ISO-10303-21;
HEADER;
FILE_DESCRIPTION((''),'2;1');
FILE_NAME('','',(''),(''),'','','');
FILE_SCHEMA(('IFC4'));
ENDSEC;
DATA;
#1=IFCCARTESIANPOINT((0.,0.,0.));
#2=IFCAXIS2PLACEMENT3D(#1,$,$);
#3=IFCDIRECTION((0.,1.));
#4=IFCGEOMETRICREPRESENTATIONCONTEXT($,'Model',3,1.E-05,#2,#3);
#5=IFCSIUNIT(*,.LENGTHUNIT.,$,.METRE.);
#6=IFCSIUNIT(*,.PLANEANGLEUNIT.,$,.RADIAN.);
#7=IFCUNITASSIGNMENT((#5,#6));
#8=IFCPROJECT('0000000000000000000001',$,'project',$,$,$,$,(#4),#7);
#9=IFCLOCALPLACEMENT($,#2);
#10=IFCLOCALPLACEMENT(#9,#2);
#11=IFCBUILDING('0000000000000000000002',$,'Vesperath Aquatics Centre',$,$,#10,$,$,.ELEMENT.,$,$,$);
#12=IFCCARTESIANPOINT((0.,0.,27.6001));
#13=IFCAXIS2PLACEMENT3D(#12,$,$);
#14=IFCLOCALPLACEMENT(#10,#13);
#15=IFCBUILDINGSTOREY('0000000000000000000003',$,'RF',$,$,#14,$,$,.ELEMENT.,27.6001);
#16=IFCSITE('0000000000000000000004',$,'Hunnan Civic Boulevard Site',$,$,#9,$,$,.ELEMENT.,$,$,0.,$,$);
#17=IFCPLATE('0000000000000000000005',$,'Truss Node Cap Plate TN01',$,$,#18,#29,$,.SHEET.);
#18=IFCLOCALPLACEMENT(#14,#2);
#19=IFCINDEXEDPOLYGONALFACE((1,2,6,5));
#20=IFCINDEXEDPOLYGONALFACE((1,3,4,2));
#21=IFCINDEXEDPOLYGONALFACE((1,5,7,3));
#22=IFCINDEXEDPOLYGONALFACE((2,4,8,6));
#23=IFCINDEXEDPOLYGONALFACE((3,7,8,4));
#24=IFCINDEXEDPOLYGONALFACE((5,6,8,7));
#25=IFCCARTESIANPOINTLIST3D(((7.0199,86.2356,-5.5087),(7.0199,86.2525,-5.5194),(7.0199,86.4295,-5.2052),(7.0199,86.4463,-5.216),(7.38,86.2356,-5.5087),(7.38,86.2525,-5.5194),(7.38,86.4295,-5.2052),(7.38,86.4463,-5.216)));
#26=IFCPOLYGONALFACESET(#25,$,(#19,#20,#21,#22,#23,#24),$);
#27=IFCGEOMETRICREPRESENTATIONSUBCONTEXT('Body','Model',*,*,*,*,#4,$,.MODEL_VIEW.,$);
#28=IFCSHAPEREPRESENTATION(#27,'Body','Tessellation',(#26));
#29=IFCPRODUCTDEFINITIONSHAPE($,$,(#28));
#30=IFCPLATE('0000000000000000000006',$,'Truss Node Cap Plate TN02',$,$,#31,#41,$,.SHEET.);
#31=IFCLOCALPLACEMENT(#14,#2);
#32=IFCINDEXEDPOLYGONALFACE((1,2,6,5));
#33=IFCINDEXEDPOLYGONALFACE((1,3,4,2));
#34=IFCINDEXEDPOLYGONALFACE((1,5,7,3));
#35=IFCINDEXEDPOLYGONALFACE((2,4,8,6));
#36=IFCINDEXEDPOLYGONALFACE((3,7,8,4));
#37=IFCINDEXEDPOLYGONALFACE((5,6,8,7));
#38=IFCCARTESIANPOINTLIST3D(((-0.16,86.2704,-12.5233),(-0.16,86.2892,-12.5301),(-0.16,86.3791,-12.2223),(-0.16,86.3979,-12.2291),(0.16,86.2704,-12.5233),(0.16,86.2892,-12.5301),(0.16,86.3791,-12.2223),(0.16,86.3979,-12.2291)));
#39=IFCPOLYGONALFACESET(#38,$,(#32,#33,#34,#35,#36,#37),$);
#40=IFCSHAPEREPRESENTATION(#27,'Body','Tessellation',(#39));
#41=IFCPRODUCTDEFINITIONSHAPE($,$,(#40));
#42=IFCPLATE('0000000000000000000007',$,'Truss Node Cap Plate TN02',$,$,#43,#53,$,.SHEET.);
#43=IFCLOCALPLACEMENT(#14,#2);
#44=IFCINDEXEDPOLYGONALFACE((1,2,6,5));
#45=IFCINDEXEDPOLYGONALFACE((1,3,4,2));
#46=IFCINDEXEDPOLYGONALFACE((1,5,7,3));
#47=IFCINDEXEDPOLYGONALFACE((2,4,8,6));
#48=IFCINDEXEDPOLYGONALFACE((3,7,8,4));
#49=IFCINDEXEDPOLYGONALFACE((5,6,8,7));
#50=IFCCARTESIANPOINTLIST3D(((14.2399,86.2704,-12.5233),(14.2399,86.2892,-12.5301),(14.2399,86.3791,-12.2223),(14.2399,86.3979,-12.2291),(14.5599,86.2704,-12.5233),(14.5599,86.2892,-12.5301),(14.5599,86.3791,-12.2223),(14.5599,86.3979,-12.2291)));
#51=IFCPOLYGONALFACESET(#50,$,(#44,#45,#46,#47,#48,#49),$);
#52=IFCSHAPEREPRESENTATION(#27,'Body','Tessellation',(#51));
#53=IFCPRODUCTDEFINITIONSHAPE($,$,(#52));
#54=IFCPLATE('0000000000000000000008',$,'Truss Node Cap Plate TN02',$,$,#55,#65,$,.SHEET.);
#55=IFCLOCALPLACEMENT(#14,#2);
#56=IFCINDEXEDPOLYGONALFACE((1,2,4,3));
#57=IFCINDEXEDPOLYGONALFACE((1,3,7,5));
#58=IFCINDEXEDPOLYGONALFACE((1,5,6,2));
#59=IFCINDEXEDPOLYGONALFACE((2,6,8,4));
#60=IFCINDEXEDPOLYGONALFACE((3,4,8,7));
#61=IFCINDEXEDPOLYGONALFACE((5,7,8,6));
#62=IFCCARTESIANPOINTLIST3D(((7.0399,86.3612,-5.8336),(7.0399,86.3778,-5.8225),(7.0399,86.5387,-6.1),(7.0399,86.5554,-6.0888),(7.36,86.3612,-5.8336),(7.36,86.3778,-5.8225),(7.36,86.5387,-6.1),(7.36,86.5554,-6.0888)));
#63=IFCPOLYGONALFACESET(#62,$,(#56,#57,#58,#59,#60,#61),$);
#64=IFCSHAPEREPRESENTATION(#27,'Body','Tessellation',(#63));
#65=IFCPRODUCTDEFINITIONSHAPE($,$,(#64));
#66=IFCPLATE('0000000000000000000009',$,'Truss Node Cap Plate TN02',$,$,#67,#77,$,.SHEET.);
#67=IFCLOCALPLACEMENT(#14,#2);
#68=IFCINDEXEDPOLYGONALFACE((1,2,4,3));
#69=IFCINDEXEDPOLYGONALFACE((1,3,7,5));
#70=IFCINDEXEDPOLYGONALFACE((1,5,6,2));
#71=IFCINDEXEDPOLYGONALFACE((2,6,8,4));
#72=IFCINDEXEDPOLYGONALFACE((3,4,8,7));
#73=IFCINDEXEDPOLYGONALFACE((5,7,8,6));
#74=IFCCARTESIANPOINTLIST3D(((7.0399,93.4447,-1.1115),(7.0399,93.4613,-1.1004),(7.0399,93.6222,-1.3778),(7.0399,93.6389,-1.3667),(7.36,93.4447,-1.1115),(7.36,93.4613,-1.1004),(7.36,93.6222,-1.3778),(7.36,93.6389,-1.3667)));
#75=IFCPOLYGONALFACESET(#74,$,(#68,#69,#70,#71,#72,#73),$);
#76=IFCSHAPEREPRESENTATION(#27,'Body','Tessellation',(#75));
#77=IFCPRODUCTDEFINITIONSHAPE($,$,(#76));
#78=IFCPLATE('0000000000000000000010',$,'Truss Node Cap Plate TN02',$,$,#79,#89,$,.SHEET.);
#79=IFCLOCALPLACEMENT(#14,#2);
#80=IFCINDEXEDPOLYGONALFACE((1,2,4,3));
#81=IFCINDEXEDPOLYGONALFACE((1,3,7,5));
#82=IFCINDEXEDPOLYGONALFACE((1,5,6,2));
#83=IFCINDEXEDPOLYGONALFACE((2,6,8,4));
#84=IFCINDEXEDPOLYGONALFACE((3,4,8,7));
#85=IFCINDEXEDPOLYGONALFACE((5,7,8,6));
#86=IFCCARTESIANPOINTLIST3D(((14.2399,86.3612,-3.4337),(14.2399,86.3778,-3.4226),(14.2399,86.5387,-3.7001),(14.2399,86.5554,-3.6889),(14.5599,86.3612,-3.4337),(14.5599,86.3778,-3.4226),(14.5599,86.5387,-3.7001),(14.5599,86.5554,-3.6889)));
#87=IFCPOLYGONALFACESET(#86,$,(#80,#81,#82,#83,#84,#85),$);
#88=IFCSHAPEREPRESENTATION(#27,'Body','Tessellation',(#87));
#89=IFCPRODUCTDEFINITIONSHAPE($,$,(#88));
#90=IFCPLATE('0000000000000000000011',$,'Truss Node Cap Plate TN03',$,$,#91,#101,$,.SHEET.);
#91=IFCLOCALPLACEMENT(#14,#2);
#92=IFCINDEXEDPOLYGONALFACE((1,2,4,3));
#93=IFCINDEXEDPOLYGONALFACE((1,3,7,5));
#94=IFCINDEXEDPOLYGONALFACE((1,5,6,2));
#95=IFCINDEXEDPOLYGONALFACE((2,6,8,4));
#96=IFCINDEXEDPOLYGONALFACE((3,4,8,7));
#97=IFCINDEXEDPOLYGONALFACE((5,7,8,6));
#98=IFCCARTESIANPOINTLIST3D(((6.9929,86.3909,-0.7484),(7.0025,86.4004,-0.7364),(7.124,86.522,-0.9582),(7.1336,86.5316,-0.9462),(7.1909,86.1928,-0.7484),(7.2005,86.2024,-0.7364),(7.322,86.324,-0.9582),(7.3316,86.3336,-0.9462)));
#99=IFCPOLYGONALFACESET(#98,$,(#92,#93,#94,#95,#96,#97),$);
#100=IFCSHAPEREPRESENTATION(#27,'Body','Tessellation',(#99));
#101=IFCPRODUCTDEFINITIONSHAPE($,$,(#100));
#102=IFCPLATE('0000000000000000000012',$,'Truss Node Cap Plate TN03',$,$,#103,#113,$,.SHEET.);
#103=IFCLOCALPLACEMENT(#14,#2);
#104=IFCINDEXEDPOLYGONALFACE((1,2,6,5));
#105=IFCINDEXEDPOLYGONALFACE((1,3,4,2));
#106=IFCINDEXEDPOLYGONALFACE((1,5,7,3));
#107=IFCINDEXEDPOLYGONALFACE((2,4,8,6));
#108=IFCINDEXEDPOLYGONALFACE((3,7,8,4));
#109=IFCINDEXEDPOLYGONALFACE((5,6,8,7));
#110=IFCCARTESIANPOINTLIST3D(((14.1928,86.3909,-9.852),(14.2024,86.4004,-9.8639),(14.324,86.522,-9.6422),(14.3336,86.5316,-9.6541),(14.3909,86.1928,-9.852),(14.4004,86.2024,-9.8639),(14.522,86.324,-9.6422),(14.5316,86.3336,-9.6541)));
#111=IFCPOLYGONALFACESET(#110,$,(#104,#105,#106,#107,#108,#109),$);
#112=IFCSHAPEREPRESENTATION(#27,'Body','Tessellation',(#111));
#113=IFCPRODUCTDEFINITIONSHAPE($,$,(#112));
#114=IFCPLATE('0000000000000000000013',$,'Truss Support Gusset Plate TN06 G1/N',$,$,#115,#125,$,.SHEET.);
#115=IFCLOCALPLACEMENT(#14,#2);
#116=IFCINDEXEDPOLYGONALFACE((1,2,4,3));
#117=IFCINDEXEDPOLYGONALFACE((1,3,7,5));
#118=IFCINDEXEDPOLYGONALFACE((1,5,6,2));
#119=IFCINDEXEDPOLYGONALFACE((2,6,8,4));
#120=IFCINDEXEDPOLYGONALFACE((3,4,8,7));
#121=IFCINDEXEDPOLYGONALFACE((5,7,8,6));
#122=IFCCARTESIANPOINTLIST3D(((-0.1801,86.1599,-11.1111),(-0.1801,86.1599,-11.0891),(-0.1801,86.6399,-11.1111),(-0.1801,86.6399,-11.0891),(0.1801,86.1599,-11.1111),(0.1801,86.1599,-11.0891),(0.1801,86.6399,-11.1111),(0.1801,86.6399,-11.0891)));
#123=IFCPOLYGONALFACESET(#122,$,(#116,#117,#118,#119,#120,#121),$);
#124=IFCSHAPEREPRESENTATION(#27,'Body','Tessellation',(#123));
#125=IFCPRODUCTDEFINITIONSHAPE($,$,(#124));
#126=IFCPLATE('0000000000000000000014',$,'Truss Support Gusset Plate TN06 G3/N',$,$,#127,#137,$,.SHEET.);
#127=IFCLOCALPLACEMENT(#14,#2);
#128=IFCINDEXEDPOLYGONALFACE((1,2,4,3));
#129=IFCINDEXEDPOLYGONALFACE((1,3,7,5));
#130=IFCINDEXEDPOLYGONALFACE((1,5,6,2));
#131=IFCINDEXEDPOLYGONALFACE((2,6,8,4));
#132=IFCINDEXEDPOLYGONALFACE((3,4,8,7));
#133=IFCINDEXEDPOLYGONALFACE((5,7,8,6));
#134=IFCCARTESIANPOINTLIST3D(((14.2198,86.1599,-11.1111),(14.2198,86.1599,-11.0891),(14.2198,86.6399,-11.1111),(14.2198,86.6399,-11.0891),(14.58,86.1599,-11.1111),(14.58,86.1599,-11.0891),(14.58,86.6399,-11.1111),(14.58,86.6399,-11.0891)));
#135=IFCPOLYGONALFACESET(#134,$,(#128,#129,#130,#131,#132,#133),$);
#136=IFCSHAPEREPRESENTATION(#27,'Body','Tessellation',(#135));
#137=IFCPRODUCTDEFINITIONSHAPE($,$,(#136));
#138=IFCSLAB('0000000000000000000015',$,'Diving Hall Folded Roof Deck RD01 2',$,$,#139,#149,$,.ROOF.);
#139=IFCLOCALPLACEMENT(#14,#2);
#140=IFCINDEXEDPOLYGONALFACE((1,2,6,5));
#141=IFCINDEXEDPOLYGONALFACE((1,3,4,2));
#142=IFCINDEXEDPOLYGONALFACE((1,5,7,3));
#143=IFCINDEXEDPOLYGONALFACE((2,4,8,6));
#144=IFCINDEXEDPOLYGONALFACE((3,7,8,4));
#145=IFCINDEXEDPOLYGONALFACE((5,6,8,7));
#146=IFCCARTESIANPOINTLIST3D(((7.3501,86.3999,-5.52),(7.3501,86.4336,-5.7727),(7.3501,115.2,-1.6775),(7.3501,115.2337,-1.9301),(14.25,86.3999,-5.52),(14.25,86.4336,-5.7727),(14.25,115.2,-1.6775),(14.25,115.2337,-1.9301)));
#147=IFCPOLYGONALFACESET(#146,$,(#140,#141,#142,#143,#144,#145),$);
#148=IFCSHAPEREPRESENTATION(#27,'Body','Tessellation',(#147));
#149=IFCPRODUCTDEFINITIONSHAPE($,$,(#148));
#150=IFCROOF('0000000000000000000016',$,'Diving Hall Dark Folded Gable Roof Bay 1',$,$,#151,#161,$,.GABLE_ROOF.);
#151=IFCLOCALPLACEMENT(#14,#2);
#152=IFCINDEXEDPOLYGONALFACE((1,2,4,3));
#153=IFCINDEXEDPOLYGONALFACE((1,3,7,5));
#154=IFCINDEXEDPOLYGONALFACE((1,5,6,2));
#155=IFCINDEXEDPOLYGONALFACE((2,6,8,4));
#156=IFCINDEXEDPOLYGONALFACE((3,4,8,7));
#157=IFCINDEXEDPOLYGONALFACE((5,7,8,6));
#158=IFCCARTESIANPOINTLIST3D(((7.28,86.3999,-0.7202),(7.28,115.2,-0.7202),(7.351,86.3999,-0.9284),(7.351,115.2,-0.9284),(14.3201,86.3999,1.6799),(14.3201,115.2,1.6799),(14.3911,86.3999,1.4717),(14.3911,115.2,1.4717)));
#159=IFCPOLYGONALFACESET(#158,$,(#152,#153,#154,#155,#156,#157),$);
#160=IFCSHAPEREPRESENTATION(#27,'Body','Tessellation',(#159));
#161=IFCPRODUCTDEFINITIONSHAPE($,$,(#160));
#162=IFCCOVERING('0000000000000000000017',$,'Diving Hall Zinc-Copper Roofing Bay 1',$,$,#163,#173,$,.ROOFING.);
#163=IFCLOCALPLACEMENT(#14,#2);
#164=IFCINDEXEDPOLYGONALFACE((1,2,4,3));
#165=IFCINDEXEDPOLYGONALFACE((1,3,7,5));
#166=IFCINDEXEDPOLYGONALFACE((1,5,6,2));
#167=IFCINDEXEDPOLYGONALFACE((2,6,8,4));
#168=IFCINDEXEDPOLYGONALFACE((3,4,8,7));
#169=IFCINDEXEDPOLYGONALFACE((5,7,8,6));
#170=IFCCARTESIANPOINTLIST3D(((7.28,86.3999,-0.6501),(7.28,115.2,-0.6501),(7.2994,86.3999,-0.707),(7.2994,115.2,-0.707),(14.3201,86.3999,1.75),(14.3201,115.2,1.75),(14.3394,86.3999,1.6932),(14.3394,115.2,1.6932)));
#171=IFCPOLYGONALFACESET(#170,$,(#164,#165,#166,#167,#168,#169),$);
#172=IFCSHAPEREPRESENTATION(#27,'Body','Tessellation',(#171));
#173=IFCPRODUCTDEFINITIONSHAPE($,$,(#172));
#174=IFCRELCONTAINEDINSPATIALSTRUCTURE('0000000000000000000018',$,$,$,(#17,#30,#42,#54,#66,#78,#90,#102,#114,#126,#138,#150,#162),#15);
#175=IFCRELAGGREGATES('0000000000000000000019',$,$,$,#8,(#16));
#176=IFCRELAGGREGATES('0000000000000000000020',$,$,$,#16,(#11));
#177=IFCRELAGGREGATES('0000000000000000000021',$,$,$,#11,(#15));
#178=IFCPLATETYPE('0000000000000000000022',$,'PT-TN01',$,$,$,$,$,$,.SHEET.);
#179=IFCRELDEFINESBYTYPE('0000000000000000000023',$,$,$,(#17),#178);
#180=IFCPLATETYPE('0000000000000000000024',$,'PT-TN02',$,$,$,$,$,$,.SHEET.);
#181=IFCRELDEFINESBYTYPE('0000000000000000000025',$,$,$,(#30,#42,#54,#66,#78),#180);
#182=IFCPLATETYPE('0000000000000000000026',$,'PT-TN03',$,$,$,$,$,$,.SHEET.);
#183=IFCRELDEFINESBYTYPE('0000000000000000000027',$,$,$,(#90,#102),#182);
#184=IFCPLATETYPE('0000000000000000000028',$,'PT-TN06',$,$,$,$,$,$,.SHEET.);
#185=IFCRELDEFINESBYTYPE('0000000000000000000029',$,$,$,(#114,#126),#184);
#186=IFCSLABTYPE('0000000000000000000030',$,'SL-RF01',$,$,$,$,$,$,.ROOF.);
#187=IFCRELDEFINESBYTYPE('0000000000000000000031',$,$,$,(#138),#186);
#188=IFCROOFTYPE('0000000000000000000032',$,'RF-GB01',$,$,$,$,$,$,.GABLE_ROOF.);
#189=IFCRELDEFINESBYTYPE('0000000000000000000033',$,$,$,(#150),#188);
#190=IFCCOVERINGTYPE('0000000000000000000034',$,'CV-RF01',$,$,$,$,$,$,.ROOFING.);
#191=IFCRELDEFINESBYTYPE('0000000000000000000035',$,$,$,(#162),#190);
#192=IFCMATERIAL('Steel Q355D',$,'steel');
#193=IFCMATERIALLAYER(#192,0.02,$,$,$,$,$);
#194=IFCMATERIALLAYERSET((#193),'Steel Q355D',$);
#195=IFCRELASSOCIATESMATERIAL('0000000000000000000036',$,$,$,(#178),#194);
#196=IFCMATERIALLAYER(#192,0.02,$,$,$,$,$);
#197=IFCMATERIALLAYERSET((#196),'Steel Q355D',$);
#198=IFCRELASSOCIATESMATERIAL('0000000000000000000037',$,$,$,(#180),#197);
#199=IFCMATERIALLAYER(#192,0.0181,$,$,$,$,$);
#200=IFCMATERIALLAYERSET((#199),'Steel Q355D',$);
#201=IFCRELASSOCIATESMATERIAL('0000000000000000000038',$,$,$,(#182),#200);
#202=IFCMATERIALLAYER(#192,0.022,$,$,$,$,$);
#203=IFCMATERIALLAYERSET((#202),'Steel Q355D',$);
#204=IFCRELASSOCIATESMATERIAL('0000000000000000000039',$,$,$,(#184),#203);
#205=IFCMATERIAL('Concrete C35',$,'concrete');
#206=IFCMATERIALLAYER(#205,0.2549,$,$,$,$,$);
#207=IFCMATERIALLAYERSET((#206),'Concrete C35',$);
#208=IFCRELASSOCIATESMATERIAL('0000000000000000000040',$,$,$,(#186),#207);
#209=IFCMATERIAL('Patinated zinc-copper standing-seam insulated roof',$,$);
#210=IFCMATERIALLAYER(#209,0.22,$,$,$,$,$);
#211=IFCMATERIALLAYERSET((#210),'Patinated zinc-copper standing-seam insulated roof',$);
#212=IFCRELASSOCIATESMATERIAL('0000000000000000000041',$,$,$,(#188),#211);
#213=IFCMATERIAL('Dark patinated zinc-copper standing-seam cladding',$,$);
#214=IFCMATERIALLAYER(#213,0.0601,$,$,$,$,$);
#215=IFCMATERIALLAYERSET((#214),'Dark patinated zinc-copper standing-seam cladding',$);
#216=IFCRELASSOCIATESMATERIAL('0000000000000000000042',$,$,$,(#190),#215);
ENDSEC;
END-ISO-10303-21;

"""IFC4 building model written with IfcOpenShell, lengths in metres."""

from ifc_helpers import new_model, si_unit, direction, frame, origin, origin_2d, place, context, subcontext, project, spatial, polyline, rectangle, outline, extrude, material, layer, layer_set, type_object, element, save


model = new_model("IFC4")

# Units and contexts
model_context = context("Model", 3, precision=1e-05, world=origin(), true_north=direction((0.0, 1.0)))
body_context = subcontext(model_context, "Body", "Model", "MODEL_VIEW")
ifc_project = project(units=[si_unit("LENGTHUNIT", "METRE"), si_unit("PLANEANGLEUNIT", "RADIAN")], contexts=[model_context])

# Site, building, storey
site_placement = place(None, origin())
site = spatial("IfcSite", under=ifc_project, at=site_placement, Name="Hunnan Civic Boulevard Site", CompositionType="ELEMENT", RefElevation=0.0)
building_placement = place(site_placement, origin())
building = spatial("IfcBuilding", under=site, at=building_placement, Name="Vesperath Aquatics Centre", CompositionType="ELEMENT")
storey_placement = place(building_placement, frame((0.0, 0.0, 27.6001)))
storey = spatial("IfcBuildingStorey", under=building, at=storey_placement, Name="RF", CompositionType="ELEMENT", Elevation=27.6001)

# Shared definitions
ifc_material_1 = material(Name="Steel Q355D", Category="steel")

# Plates
ifc_layer_1 = layer(ifc_material_1, 0.02)
ifc_layer_set_1 = layer_set([ifc_layer_1], Name="Steel Q355D")
plate_type_1 = type_object("IfcPlateType", Name="PT-TN01", PredefinedType="SHEET", material=ifc_layer_set_1)
plate_placement = place(storey_placement, frame((7.2, 86.3325, -5.3569), z_axis=(0.0, 0.842696, -0.538389), x_axis=(-1.0, 0.0, 0.0)))
element("IfcPlate", 1, at=plate_placement, inside=storey, type_object=plate_type_1, Name="Truss Node Cap Plate TN01", PredefinedType="SHEET", context=body_context, shape_type="SweptSolid", body=[
    extrude(rectangle(XDim=0.3601, YDim=0.3601, at=origin_2d()), origin(), (0.0, 0.0, 1.0), 0.02),
])
ifc_layer_2 = layer(ifc_material_1, 0.02)
ifc_layer_set_2 = layer_set([ifc_layer_2], Name="Steel Q355D")
plate_type_2 = type_object("IfcPlateType", Name="PT-TN02", PredefinedType="SHEET", material=ifc_layer_set_2)
for number, where, z_axis, x_axis, name in (
    (2, (0.0, 86.3247, -12.3728), (0.0, 0.940554, -0.339644), (-1.0, 0.0, 0.0), "Truss Node Cap Plate TN02"),
    (3, (14.3999, 86.3247, -12.3728), (0.0, 0.940554, -0.339644), (-1.0, 0.0, 0.0), "Truss Node Cap Plate TN02"),
    (4, (7.2, 86.45, -5.9668), (0.0, 0.83205, 0.5547), (-1.0, 0.0, 0.0), "Truss Node Cap Plate TN02"),
    (5, (7.2, 93.5334, -1.2446), (0.0, 0.83205, 0.5547), (-1.0, 0.0, 0.0), "Truss Node Cap Plate TN02"),
    (6, (14.3999, 86.45, -3.5669), (0.0, 0.83205, 0.5547), (-1.0, 0.0, 0.0), "Truss Node Cap Plate TN02"),
):
    element("IfcPlate", number, at=place(storey_placement, frame(where, z_axis=z_axis, x_axis=x_axis)), inside=storey, type_object=plate_type_2, Name=name, PredefinedType="SHEET", context=body_context, shape_type="SweptSolid", body=[
        extrude(rectangle(XDim=0.3201, YDim=0.3201, at=origin_2d()), origin(), (0.0, 0.0, 1.0), 0.02),
    ])
ifc_layer_3 = layer(ifc_material_1, 0.0181)
ifc_layer_set_3 = layer_set([ifc_layer_3], Name="Steel Q355D")
plate_type_3 = type_object("IfcPlateType", Name="PT-TN03", PredefinedType="SHEET", material=ifc_layer_set_3)
for number, where, z_axis, x_axis, name in (
    (7, (7.1575, 86.3574, -0.8533), (0.529813, 0.529813, 0.662266), (-0.707107, 0.707107, 0.0), "Truss Node Cap Plate TN03"),
    (8, (14.3574, 86.3574, -9.7471), (0.529813, 0.529813, -0.662266), (-0.707107, 0.707107, 0.0), "Truss Node Cap Plate TN03"),
):
    element("IfcPlate", number, at=place(storey_placement, frame(where, z_axis=z_axis, x_axis=x_axis)), inside=storey, type_object=plate_type_3, Name=name, PredefinedType="SHEET", context=body_context, shape_type="SweptSolid", body=[
        extrude(rectangle(XDim=0.28, YDim=0.28, at=origin_2d()), origin(), (0.0, 0.0, 1.0), 0.0181),
    ])
ifc_layer_4 = layer(ifc_material_1, 0.022)
ifc_layer_set_4 = layer_set([ifc_layer_4], Name="Steel Q355D")
plate_type_4 = type_object("IfcPlateType", Name="PT-TN06", PredefinedType="SHEET", material=ifc_layer_set_4)
for number, where, z_axis, x_axis, name in (
    (9, (0.0, 86.3999, -11.1111), (0.0, 0.0, 1.0), (0.0, 1.0, 0.0), "Truss Support Gusset Plate TN06 G1/N"),
    (10, (14.3999, 86.3999, -11.1111), (0.0, 0.0, 1.0), (0.0, 1.0, 0.0), "Truss Support Gusset Plate TN06 G3/N"),
):
    element("IfcPlate", number, at=place(storey_placement, frame(where, z_axis=z_axis, x_axis=x_axis)), inside=storey, type_object=plate_type_4, Name=name, PredefinedType="SHEET", context=body_context, shape_type="SweptSolid", body=[
        extrude(rectangle(XDim=0.48, YDim=0.3601, at=origin_2d()), origin(), (0.0, 0.0, 1.0), 0.022),
    ])

# Slab
ifc_material_2 = material(Name="Concrete C35", Category="concrete")
ifc_layer_5 = layer(ifc_material_2, 0.2549)
ifc_layer_set_5 = layer_set([ifc_layer_5], Name="Concrete C35")
slab_type = type_object("IfcSlabType", Name="SL-RF01", PredefinedType="ROOF", material=ifc_layer_set_5)
slab_placement = place(storey_placement, frame((7.3501, 86.3999, -5.52), z_axis=(0.0, -0.132249, 0.991217), x_axis=(1.0, 0.0, 0.0)))
element("IfcSlab", 11, at=slab_placement, inside=storey, type_object=slab_type, Name="Diving Hall Folded Roof Deck RD01 2", PredefinedType="ROOF", context=body_context, shape_type="SweptSolid", body=[
    extrude(outline(polyline([(0.0, 0.0), (6.8999, 0.0), (6.8999, 29.0553), (0.0, 29.0553), (0.0, 0.0)])), origin(), (0.0, 0.0, -1.0), 0.2549),
])

# Roof
ifc_material_3 = material(Name="Patinated zinc-copper standing-seam insulated roof")
ifc_layer_6 = layer(ifc_material_3, 0.22)
ifc_layer_set_6 = layer_set([ifc_layer_6], Name="Patinated zinc-copper standing-seam insulated roof")
roof_type = type_object("IfcRoofType", Name="RF-GB01", PredefinedType="GABLE_ROOF", material=ifc_layer_set_6)
roof_placement = place(storey_placement, frame((7.28, 86.3999, -0.7202), z_axis=(-0.32269, 0.0, 0.946505), x_axis=(0.946505, 0.0, 0.32269)))
element("IfcRoof", 12, at=roof_placement, inside=storey, type_object=roof_type, Name="Diving Hall Dark Folded Gable Roof Bay 1", PredefinedType="GABLE_ROOF", context=body_context, shape_type="SweptSolid", body=[
    extrude(outline(polyline([(0.0, 0.0), (7.4379, 0.0), (7.4379, 28.8), (0.0, 28.8), (0.0, 0.0)])), origin(), (0.0, 0.0, -1.0), 0.22),
])

# Covering
ifc_material_4 = material(Name="Dark patinated zinc-copper standing-seam cladding")
ifc_layer_7 = layer(ifc_material_4, 0.0601)
ifc_layer_set_7 = layer_set([ifc_layer_7], Name="Dark patinated zinc-copper standing-seam cladding")
covering_type = type_object("IfcCoveringType", Name="CV-RF01", PredefinedType="ROOFING", material=ifc_layer_set_7)
covering_placement = place(storey_placement, frame((7.28, 86.3999, -0.6501), z_axis=(-0.32269, 0.0, 0.946505), x_axis=(0.946505, 0.0, 0.32269)))
element("IfcCovering", 13, at=covering_placement, inside=storey, type_object=covering_type, Name="Diving Hall Zinc-Copper Roofing Bay 1", PredefinedType="ROOFING", context=body_context, shape_type="SweptSolid", body=[
    extrude(outline(polyline([(0.0, 0.0), (7.4379, 0.0), (7.4379, 28.8), (0.0, 28.8), (0.0, 0.0)])), origin(), (0.0, 0.0, -1.0), 0.0601),
])

save(model, "model.ifc")
